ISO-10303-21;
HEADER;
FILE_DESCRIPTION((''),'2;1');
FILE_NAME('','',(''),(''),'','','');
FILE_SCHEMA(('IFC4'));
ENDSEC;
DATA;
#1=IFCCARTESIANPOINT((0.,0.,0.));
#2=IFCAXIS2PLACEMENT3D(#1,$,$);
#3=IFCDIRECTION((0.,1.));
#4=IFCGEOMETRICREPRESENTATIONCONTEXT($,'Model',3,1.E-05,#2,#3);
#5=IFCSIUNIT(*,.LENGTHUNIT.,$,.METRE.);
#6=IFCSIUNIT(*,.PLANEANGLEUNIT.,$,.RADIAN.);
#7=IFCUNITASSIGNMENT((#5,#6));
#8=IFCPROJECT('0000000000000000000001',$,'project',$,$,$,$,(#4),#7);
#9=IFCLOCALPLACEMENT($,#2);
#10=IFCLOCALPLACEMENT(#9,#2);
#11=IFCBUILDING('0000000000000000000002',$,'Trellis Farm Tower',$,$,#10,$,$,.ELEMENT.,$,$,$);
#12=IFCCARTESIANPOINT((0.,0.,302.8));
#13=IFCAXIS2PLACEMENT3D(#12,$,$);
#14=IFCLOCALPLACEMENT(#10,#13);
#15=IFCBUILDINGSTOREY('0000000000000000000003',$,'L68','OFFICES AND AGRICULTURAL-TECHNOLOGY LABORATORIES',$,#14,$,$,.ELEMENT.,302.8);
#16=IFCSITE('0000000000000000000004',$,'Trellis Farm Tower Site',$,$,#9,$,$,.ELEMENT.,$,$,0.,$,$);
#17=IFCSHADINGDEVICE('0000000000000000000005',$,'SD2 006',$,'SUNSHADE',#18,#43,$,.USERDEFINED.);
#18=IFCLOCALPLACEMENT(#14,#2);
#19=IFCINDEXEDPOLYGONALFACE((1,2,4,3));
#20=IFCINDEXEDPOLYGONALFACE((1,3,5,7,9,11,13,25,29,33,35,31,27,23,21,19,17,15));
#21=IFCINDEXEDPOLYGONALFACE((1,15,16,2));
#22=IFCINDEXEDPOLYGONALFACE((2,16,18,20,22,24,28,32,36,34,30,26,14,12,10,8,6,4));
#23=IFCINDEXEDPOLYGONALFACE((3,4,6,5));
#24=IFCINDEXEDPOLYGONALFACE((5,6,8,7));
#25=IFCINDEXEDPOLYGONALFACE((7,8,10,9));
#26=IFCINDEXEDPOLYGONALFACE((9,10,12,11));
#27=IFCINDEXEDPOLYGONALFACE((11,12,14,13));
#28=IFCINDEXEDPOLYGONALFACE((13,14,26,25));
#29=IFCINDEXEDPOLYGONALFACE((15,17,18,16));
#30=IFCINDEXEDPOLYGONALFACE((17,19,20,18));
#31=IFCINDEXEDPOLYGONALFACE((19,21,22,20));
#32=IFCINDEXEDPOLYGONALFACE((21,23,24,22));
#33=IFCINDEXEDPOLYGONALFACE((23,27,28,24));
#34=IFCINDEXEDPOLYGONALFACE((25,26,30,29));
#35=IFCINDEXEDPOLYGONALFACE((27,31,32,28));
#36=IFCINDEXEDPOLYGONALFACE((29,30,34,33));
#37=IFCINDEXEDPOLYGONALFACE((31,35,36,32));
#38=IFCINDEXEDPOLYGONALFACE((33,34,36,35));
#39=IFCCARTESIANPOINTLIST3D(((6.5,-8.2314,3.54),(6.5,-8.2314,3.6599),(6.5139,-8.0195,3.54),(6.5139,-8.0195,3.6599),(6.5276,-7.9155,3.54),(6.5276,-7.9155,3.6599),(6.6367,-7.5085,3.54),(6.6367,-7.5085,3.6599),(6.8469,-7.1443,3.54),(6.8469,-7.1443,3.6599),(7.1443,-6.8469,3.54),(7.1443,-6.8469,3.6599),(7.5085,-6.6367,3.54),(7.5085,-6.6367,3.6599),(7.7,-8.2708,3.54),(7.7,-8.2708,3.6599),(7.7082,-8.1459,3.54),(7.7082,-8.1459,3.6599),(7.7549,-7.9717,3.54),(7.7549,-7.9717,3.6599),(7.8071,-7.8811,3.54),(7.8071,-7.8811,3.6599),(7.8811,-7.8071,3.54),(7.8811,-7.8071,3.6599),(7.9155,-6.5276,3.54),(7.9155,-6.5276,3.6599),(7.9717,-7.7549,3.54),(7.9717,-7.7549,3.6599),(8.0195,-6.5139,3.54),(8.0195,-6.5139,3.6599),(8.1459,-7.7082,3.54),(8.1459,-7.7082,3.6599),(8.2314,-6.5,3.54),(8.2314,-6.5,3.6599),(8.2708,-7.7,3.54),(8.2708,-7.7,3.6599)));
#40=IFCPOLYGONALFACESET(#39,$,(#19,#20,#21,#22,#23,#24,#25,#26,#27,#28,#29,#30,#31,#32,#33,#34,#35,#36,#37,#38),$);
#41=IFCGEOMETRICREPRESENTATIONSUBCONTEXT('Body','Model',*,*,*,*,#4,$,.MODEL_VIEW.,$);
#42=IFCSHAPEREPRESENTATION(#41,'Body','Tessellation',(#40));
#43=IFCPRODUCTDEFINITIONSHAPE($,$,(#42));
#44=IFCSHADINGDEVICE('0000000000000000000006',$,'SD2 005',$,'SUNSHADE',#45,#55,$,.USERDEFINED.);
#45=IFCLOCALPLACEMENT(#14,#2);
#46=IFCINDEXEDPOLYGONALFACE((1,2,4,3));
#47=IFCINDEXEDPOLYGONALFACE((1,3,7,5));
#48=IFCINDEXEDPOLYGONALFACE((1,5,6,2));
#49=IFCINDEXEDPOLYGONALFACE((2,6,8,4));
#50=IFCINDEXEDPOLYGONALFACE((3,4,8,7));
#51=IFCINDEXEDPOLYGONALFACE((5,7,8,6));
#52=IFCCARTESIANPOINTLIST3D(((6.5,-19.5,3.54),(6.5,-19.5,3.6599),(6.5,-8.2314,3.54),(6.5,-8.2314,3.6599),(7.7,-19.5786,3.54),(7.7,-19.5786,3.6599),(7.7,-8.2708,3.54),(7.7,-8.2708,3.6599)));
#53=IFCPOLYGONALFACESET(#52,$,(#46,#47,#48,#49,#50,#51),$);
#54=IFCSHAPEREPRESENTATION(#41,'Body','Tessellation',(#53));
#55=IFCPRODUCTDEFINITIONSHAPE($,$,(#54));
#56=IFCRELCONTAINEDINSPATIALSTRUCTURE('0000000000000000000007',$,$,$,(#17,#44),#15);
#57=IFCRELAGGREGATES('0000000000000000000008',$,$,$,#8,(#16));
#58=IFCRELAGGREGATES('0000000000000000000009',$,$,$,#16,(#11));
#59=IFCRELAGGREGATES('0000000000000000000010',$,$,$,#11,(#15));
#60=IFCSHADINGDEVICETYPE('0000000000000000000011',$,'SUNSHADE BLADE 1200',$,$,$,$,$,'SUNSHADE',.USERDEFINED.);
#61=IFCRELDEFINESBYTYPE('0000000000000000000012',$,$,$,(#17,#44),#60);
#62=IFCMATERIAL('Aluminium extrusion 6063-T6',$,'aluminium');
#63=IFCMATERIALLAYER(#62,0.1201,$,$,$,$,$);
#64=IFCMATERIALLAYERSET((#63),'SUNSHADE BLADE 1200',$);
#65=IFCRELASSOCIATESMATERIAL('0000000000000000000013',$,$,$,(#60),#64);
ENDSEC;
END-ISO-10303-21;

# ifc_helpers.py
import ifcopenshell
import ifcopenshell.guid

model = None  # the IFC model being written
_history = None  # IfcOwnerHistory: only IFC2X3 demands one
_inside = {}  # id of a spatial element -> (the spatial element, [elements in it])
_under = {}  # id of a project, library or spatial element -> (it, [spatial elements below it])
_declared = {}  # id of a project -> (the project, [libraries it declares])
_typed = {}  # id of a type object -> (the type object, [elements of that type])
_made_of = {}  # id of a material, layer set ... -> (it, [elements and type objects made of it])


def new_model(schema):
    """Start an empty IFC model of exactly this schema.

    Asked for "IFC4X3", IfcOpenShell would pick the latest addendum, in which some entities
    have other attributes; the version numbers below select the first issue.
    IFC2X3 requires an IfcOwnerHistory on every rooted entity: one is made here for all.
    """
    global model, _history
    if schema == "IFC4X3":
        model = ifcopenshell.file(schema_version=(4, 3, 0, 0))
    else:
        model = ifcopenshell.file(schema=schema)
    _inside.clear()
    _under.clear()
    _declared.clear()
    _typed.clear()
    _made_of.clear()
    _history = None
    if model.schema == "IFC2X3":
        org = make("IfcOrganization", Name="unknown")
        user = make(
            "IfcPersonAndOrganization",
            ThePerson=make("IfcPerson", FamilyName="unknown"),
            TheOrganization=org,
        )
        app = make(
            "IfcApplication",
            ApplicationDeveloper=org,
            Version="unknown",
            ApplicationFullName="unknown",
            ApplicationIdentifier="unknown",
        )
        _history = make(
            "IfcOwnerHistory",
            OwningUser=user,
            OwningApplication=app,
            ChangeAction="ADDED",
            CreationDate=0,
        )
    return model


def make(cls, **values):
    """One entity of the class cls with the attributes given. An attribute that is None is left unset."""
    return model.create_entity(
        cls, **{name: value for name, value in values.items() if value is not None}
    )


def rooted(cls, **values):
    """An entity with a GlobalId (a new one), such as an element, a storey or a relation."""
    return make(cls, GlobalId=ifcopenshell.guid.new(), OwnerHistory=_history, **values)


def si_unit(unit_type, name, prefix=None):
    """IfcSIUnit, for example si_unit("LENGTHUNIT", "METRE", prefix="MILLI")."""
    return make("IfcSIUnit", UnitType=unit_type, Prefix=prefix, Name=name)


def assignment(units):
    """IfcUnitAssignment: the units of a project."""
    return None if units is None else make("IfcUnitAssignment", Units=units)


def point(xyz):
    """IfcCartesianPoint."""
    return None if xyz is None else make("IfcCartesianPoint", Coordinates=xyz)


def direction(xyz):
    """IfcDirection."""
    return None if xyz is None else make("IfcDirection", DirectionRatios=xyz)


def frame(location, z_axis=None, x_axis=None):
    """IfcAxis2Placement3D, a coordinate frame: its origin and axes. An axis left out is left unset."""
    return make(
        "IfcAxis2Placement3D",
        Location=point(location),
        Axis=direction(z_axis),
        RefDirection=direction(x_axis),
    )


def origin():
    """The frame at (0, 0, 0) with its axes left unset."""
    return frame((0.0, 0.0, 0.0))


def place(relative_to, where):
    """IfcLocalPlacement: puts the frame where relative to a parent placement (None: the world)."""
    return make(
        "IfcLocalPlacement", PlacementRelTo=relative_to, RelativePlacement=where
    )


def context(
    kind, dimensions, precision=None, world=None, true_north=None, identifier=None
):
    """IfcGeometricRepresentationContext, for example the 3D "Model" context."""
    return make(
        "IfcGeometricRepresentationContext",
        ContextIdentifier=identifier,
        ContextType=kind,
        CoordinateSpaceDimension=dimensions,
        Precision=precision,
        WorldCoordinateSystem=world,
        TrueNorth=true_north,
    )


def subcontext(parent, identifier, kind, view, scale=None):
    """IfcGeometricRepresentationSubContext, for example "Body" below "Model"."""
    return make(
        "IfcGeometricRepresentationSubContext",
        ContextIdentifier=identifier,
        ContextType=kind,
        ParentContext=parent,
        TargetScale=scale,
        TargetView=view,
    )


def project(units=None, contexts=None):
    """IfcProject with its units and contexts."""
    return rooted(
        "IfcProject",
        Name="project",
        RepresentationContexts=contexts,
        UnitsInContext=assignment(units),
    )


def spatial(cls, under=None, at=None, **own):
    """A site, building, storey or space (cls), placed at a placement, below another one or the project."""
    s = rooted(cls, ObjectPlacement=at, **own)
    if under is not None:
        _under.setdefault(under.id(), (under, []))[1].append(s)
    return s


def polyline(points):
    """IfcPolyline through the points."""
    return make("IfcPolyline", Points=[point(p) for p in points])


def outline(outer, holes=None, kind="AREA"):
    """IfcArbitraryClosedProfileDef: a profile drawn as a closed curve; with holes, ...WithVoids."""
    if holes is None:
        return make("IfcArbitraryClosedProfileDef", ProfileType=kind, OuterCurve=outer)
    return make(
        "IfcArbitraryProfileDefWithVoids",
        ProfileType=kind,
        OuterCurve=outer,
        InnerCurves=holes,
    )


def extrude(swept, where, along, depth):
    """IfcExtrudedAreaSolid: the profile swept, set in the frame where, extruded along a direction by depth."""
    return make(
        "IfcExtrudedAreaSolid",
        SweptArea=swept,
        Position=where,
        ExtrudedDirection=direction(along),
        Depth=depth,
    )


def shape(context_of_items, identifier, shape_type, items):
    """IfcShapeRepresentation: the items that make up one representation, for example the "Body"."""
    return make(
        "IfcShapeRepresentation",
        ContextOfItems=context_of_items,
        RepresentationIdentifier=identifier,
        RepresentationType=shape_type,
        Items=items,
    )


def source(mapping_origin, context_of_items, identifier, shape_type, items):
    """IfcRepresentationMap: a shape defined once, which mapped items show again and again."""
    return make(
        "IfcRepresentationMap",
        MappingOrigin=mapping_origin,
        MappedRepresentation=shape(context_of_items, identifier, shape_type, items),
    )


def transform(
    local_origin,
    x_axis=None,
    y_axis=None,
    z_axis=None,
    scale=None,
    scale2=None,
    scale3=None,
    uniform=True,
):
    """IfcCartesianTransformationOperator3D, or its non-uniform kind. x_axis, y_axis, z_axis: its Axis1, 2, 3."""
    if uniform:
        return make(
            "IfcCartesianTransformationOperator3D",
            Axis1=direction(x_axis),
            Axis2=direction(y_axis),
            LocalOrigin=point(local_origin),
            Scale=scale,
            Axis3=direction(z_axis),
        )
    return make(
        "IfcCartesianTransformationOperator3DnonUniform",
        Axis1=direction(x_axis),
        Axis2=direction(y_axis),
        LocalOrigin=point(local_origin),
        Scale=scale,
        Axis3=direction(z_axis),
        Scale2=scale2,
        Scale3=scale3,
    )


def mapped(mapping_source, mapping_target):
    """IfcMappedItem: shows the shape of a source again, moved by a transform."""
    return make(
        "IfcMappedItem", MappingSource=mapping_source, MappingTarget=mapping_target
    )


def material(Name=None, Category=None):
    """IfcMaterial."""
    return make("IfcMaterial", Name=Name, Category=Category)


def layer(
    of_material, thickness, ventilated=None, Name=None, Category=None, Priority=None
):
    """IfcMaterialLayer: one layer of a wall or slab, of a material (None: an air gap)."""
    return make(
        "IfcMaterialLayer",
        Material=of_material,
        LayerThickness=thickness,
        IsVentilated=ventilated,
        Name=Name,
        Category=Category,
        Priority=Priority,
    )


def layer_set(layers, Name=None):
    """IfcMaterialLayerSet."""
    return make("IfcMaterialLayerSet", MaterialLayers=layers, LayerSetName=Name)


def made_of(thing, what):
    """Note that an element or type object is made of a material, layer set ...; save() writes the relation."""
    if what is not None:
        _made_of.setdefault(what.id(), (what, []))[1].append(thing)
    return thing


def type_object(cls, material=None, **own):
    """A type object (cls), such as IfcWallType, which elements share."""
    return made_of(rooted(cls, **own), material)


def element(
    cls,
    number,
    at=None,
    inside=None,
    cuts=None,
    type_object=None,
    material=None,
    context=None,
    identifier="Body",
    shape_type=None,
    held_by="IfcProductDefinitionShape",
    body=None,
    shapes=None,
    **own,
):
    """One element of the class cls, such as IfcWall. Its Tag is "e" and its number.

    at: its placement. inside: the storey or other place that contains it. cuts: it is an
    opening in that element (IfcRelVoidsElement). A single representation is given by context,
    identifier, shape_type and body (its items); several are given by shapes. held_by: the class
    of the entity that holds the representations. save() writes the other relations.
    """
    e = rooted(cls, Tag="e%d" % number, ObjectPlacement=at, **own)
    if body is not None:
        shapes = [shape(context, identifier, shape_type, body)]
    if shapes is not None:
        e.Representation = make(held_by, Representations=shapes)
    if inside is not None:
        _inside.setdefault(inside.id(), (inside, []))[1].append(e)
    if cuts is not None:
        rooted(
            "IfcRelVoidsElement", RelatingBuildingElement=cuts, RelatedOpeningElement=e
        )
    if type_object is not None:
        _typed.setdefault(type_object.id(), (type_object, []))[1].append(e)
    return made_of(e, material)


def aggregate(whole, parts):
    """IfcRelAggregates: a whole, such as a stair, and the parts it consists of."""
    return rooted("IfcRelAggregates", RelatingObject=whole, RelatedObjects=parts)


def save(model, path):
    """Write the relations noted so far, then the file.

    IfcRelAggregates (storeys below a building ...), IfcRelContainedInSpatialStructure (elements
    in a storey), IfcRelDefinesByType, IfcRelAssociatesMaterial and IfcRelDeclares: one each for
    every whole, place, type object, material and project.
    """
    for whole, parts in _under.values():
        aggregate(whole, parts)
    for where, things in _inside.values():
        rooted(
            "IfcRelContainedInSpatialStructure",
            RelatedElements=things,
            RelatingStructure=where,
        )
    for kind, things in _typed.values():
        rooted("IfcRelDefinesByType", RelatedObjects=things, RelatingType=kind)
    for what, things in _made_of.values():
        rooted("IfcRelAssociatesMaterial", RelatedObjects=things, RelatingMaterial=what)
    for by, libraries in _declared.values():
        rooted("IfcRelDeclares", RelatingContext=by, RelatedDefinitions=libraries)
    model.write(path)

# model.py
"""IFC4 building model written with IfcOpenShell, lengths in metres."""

from ifc_helpers import new_model, si_unit, direction, frame, origin, place, context, subcontext, project, spatial, polyline, outline, extrude, source, transform, mapped, material, layer, layer_set, type_object, element, save


model = new_model("IFC4")

# Units and contexts
model_context = context("Model", 3, precision=1e-05, world=origin(), true_north=direction((0.0, 1.0)))
body_context = subcontext(model_context, "Body", "Model", "MODEL_VIEW")
ifc_project = project(units=[si_unit("LENGTHUNIT", "METRE"), si_unit("PLANEANGLEUNIT", "RADIAN")], contexts=[model_context])

# Site, building, storey
site_placement = place(None, origin())
site = spatial("IfcSite", under=ifc_project, at=site_placement, Name="Trellis Farm Tower Site", CompositionType="ELEMENT", RefElevation=0.0)
building_placement = place(site_placement, origin())
building = spatial("IfcBuilding", under=site, at=building_placement, Name="Trellis Farm Tower", CompositionType="ELEMENT")
storey_placement = place(building_placement, frame((0.0, 0.0, 302.8)))
storey = spatial("IfcBuildingStorey", under=building, at=storey_placement, Name="L68", Description="OFFICES AND AGRICULTURAL-TECHNOLOGY LABORATORIES", CompositionType="ELEMENT", Elevation=302.8)

# Shared definitions
ifc_material_1 = material(Name="Aluminium extrusion 6063-T6", Category="aluminium")

# Shading devices
ifc_layer_1 = layer(ifc_material_1, 0.1201)
ifc_layer_set_1 = layer_set([ifc_layer_1], Name="SUNSHADE BLADE 1200")
shading_device_type = type_object("IfcShadingDeviceType", Name="SUNSHADE BLADE 1200", ElementType="SUNSHADE", PredefinedType="USERDEFINED", material=ifc_layer_set_1)
shared_shape_1 = source(origin(), body_context, "Body", "SweptSolid", [
    extrude(outline(polyline([(7.7, -8.2708), (7.7087, -8.1372), (7.707, -8.1501), (7.7549, -7.9717), (7.8071, -7.8811), (7.8811, -7.8071), (7.9717, -7.7549), (8.1501, -7.707), (8.1372, -7.7087), (8.2708, -7.7), (8.2314, -6.5), (8.0195, -6.5139), (7.9155, -6.5276), (7.5085, -6.6367), (7.1443, -6.8469), (6.8469, -7.1443), (6.6367, -7.5085), (6.5276, -7.9155), (6.5139, -8.0195), (6.5, -8.2314), (7.7, -8.2708)])), origin(), (0.0, 0.0, 1.0), 0.1199),
])
placement_1 = place(storey_placement, frame((0.0, 0.0, 3.54)))
element("IfcShadingDevice", 1, at=placement_1, inside=storey, type_object=shading_device_type, Name="SD2 006", ObjectType="SUNSHADE", PredefinedType="USERDEFINED", context=body_context, shape_type="MappedRepresentation", body=[
    mapped(shared_shape_1, transform((0.0, 0.0, 0.0))),
])
shared_shape_2 = source(origin(), body_context, "Body", "SweptSolid", [
    extrude(outline(polyline([(7.7, -19.5786), (7.7, -8.2708), (6.5, -8.2314), (6.5, -19.5), (7.7, -19.5786)])), origin(), (0.0, 0.0, 1.0), 0.1199),
])
element("IfcShadingDevice", 2, at=placement_1, inside=storey, type_object=shading_device_type, Name="SD2 005", ObjectType="SUNSHADE", PredefinedType="USERDEFINED", context=body_context, shape_type="MappedRepresentation", body=[
    mapped(shared_shape_2, transform((0.0, 0.0, 0.0))),
])

save(model, "model.ifc")
